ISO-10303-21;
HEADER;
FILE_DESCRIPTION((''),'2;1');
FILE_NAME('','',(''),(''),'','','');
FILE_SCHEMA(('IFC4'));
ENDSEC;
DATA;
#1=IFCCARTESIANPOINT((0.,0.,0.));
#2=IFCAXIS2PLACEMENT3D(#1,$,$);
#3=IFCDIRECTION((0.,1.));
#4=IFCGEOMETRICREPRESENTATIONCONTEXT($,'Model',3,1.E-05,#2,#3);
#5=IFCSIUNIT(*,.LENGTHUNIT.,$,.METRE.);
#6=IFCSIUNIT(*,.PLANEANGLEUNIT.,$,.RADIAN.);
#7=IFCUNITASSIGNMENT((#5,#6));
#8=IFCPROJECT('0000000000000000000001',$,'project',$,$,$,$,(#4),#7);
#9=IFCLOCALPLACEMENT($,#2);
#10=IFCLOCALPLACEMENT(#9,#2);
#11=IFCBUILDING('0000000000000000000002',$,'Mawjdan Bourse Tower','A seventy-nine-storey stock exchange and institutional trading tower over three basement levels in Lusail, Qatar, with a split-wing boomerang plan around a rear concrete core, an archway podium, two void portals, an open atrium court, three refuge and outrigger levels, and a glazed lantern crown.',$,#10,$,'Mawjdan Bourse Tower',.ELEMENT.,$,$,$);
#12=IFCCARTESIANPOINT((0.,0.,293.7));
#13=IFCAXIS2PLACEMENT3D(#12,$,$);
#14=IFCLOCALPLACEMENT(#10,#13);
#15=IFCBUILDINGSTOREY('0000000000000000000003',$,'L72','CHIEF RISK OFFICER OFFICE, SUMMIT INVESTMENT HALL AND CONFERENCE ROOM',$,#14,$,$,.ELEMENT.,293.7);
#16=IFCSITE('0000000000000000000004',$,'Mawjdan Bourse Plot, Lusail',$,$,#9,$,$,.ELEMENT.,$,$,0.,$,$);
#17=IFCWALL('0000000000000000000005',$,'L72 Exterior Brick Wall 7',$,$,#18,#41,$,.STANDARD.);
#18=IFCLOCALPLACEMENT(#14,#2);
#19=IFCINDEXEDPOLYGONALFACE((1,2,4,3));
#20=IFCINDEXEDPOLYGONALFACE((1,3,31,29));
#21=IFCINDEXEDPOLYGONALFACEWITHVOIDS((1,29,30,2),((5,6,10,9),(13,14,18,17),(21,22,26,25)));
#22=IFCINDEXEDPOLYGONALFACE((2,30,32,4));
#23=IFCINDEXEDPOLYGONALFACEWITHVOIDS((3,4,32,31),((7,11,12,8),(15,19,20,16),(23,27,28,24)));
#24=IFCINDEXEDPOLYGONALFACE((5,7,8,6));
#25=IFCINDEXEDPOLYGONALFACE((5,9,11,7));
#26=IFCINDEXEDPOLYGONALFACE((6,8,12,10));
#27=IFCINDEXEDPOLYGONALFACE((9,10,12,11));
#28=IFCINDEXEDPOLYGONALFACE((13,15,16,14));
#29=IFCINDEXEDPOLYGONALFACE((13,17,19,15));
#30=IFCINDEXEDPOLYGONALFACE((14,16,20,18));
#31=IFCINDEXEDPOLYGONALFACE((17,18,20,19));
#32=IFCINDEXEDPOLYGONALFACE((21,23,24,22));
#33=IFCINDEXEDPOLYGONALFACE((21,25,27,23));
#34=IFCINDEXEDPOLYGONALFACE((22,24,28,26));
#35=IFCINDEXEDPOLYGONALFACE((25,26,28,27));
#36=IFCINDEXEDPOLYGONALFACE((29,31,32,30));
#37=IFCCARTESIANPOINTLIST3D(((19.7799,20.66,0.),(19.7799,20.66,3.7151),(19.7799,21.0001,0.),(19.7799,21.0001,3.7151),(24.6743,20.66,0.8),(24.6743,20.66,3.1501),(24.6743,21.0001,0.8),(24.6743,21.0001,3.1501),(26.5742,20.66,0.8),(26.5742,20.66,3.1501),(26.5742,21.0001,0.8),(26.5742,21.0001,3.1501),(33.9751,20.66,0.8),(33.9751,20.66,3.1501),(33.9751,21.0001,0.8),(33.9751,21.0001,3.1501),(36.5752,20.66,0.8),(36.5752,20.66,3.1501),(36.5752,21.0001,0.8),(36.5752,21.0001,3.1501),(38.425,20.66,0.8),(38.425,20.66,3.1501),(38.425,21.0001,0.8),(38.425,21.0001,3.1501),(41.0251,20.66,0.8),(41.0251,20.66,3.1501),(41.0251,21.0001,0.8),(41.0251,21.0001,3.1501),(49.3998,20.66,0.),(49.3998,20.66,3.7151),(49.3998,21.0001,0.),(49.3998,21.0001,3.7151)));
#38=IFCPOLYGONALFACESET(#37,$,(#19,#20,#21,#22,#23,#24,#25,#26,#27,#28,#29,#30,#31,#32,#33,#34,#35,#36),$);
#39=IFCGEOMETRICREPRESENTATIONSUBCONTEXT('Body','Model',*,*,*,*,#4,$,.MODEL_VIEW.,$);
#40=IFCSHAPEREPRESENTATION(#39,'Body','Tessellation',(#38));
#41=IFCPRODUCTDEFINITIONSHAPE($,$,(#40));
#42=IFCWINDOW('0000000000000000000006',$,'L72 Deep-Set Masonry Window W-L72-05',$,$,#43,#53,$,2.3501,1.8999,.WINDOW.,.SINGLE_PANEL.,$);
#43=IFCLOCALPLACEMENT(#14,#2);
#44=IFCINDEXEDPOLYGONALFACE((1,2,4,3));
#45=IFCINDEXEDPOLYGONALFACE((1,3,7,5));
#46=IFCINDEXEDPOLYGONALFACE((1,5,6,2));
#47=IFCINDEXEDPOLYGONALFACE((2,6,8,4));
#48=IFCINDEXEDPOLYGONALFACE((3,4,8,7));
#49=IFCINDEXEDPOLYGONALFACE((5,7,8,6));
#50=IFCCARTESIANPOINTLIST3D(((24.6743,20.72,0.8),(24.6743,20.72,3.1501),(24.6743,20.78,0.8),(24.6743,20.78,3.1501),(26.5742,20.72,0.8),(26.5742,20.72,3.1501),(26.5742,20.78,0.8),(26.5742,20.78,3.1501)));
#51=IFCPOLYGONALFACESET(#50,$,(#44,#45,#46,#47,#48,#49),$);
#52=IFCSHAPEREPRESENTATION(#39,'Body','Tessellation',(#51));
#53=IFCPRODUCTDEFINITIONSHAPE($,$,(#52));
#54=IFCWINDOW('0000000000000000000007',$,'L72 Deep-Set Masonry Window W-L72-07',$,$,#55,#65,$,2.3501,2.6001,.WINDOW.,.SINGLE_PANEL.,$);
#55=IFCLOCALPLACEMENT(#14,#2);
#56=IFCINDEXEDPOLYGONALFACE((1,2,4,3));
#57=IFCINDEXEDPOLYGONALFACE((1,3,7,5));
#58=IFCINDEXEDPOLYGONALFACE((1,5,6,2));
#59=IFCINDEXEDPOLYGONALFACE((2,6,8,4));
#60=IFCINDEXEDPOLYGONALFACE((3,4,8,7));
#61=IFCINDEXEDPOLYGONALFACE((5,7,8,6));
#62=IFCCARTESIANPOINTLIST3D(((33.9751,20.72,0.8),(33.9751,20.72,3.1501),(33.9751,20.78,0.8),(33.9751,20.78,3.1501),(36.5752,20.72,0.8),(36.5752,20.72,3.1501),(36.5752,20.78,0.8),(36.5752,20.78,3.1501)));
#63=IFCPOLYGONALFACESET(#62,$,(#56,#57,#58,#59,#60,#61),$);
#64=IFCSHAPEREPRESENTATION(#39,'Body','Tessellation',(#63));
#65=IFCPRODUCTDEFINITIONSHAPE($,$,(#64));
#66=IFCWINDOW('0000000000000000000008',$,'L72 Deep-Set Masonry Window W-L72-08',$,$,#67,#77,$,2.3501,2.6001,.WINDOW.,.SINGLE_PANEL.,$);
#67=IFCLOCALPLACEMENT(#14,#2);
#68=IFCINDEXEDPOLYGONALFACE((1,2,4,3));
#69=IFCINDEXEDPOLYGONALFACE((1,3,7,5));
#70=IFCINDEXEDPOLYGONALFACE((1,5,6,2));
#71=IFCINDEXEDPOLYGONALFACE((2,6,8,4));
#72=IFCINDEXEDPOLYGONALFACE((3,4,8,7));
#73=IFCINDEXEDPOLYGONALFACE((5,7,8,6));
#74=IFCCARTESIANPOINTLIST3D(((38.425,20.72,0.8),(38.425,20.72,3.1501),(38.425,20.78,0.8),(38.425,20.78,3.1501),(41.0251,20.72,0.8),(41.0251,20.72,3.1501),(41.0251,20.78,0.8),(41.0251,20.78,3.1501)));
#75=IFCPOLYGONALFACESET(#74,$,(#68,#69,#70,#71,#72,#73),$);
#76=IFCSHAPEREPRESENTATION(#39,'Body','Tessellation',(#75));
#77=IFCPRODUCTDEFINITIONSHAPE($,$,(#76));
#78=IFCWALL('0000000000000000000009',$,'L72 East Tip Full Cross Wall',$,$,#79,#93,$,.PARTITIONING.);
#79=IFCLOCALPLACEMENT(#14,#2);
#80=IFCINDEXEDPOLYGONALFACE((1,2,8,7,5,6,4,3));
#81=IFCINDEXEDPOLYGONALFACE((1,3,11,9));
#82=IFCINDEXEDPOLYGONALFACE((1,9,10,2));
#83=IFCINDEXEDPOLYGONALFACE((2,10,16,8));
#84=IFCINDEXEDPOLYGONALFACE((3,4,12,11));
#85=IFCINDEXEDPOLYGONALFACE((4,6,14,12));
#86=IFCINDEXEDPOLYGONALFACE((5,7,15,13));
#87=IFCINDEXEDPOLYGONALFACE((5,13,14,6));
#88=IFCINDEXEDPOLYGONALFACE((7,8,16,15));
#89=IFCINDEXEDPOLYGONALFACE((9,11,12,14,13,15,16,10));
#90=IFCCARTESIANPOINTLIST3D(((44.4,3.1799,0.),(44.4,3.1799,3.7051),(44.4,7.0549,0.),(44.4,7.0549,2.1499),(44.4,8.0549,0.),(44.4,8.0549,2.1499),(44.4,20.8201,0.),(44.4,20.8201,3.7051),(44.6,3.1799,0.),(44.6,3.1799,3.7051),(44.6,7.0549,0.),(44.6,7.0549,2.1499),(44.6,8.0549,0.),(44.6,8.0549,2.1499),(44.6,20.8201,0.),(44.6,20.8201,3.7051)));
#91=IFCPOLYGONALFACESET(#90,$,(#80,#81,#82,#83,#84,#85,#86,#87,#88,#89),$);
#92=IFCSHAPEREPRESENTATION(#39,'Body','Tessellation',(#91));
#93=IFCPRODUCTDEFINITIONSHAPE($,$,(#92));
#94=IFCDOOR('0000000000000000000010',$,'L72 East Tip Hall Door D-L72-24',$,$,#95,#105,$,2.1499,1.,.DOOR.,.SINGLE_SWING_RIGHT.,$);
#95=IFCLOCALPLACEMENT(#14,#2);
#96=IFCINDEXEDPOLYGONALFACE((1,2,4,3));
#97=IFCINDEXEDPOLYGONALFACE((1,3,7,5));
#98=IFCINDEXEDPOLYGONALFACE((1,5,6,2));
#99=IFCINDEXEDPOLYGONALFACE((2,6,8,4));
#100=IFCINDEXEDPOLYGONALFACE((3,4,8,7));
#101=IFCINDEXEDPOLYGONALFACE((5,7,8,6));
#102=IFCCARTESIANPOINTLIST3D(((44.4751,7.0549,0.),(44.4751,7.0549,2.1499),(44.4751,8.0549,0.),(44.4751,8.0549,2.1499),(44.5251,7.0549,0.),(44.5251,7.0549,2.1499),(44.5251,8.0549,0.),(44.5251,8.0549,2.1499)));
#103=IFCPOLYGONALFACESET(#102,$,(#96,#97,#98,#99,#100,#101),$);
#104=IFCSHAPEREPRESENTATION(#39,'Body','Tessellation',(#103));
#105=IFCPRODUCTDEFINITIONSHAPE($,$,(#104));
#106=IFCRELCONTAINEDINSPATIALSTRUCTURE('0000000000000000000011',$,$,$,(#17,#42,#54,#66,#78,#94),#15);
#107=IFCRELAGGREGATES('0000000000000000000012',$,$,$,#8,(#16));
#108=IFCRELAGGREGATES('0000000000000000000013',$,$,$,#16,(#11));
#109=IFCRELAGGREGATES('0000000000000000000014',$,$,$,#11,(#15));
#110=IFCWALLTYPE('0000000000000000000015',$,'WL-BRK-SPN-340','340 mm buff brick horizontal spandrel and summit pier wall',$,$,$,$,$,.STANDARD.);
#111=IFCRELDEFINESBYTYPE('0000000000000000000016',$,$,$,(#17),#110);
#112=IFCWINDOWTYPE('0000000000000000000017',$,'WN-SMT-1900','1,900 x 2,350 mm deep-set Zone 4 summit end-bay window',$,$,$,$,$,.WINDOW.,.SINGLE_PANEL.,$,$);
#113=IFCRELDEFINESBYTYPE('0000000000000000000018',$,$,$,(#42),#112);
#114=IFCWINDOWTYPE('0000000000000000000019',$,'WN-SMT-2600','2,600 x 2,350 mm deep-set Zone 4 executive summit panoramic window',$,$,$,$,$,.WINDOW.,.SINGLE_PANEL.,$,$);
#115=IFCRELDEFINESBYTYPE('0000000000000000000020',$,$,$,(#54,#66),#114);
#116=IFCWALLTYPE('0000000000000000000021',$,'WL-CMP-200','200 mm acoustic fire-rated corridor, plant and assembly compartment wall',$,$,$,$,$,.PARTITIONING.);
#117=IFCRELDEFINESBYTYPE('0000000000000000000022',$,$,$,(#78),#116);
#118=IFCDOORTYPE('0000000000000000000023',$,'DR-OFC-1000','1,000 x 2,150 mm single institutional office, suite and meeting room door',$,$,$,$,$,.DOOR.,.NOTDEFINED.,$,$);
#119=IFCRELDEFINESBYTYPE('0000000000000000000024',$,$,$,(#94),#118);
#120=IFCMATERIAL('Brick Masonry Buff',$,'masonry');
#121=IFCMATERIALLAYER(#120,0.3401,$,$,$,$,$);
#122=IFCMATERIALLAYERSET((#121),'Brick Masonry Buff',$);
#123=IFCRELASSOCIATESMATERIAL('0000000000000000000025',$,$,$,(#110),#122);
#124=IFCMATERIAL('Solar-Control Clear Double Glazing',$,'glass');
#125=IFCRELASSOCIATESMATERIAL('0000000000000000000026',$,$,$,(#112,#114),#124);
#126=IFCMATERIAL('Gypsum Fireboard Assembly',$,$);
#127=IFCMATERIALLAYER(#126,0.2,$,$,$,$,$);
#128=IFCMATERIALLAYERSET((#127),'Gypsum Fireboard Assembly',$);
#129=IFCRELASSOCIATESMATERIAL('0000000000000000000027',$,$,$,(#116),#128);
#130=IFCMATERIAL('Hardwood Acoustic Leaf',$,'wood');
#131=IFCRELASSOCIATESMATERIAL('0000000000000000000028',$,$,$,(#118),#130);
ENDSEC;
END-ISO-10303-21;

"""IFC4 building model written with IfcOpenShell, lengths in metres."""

from ifc_helpers import new_model, si_unit, direction, frame, frame_2d, origin, place, context, subcontext, project, spatial, rectangle, extrude, material, layer, layer_set, type_object, element, fill, save


model = new_model("IFC4")

# Units and contexts
model_context = context("Model", 3, precision=1e-05, world=origin(), true_north=direction((0.0, 1.0)))
body_context = subcontext(model_context, "Body", "Model", "MODEL_VIEW")
ifc_project = project(units=[si_unit("LENGTHUNIT", "METRE"), si_unit("PLANEANGLEUNIT", "RADIAN")], contexts=[model_context])

# Site, building, storey
site_placement = place(None, origin())
site = spatial("IfcSite", under=ifc_project, at=site_placement, Name="Mawjdan Bourse Plot, Lusail", CompositionType="ELEMENT", RefElevation=0.0)
building_placement = place(site_placement, origin())
building = spatial("IfcBuilding", under=site, at=building_placement, Name="Mawjdan Bourse Tower", Description="A seventy-nine-storey stock exchange and institutional trading tower over three basement levels in Lusail, Qatar, with a split-wing boomerang plan around a rear concrete core, an archway podium, two void portals, an open atrium court, three refuge and outrigger levels, and a glazed lantern crown.", LongName="Mawjdan Bourse Tower", CompositionType="ELEMENT")
storey_placement = place(building_placement, frame((0.0, 0.0, 293.7)))
storey = spatial("IfcBuildingStorey", under=building, at=storey_placement, Name="L72", Description="CHIEF RISK OFFICER OFFICE, SUMMIT INVESTMENT HALL AND CONFERENCE ROOM", CompositionType="ELEMENT", Elevation=293.7)

# Shared definitions
ifc_material_1 = material(Name="Brick Masonry Buff", Category="masonry")
ifc_layer_1 = layer(ifc_material_1, 0.3401)
ifc_layer_set_1 = layer_set([ifc_layer_1], Name="Brick Masonry Buff")
wall_type_1 = type_object("IfcWallType", Name="WL-BRK-SPN-340", Description="340 mm buff brick horizontal spandrel and summit pier wall", PredefinedType="STANDARD", material=ifc_layer_set_1)

# Shared definitions
ifc_material_2 = material(Name="Solar-Control Clear Double Glazing", Category="glass")
window_type_1 = type_object("IfcWindowType", Name="WN-SMT-1900", Description="1,900 x 2,350 mm deep-set Zone 4 summit end-bay window", PartitioningType="SINGLE_PANEL", PredefinedType="WINDOW", material=ifc_material_2)

# Wall, openings, windows
wall_1_placement = place(storey_placement, frame((49.3999, 20.8301, 0.0), z_axis=(0.0, 0.0, 1.0), x_axis=(-1.0, 0.0, 0.0)))
wall_1 = element("IfcWall", 1, at=wall_1_placement, inside=storey, type_object=wall_type_1, Name="L72 Exterior Brick Wall 7", PredefinedType="STANDARD", context=body_context, shape_type="SweptSolid", body=[
    extrude(rectangle(XDim=29.6199, YDim=0.3401, at=frame_2d((14.8101, 0.0))), origin(), (0.0, 0.0, 1.0), 3.7151),
])
opening_1_placement = place(wall_1_placement, frame((22.8257, 0.0, 0.8)))
opening_1 = element("IfcOpeningElement", 2, at=opening_1_placement, cuts=wall_1, PredefinedType="OPENING", context=body_context, shape_type="SweptSolid", body=[
    extrude(rectangle(XDim=1.8999, YDim=2.3501, at=frame_2d((0.95, 1.175))), frame((0.0, 0.1802, 0.0), z_axis=(0.0, -1.0, 0.0), x_axis=(1.0, 0.0, 0.0)), (0.0, 0.0, 1.0), 0.3601),
])
opening_2_placement = place(wall_1_placement, frame((12.8247, 0.0, 0.8)))
opening_2 = element("IfcOpeningElement", 3, at=opening_2_placement, cuts=wall_1, PredefinedType="OPENING", context=body_context, shape_type="SweptSolid", body=[
    extrude(rectangle(XDim=2.6001, YDim=2.3501, at=frame_2d((1.3, 1.175))), frame((0.0, 0.1802, 0.0), z_axis=(0.0, -1.0, 0.0), x_axis=(1.0, 0.0, 0.0)), (0.0, 0.0, 1.0), 0.3601),
])
opening_3_placement = place(wall_1_placement, frame((8.3748, 0.0, 0.8)))
opening_3 = element("IfcOpeningElement", 4, at=opening_3_placement, cuts=wall_1, PredefinedType="OPENING", context=body_context, shape_type="SweptSolid", body=[
    extrude(rectangle(XDim=2.6001, YDim=2.3501, at=frame_2d((1.3, 1.175))), frame((0.0, 0.1802, 0.0), z_axis=(0.0, -1.0, 0.0), x_axis=(1.0, 0.0, 0.0)), (0.0, 0.0, 1.0), 0.3601),
])
window_1_placement = place(opening_1_placement, origin())
window_1 = element("IfcWindow", 5, at=window_1_placement, inside=storey, type_object=window_type_1, Name="L72 Deep-Set Masonry Window W-L72-05", OverallHeight=2.3501, OverallWidth=1.8999, PartitioningType="SINGLE_PANEL", PredefinedType="WINDOW", context=body_context, shape_type="SweptSolid", body=[
    extrude(rectangle(XDim=1.8999, YDim=2.3501, at=frame_2d((0.95, 1.175))), frame((0.0, 0.1101, 0.0), z_axis=(0.0, -1.0, 0.0), x_axis=(1.0, 0.0, 0.0)), (0.0, 0.0, 1.0), 0.0601),
])
fill(opening_1, window_1)
window_type_2 = type_object("IfcWindowType", Name="WN-SMT-2600", Description="2,600 x 2,350 mm deep-set Zone 4 executive summit panoramic window", PartitioningType="SINGLE_PANEL", PredefinedType="WINDOW", material=ifc_material_2)
window_2_placement = place(opening_2_placement, origin())
window_2 = element("IfcWindow", 6, at=window_2_placement, inside=storey, type_object=window_type_2, Name="L72 Deep-Set Masonry Window W-L72-07", OverallHeight=2.3501, OverallWidth=2.6001, PartitioningType="SINGLE_PANEL", PredefinedType="WINDOW", context=body_context, shape_type="SweptSolid", body=[
    extrude(rectangle(XDim=2.6001, YDim=2.3501, at=frame_2d((1.3, 1.175))), frame((0.0, 0.1101, 0.0), z_axis=(0.0, -1.0, 0.0), x_axis=(1.0, 0.0, 0.0)), (0.0, 0.0, 1.0), 0.0601),
])
fill(opening_2, window_2)
window_3_placement = place(opening_3_placement, origin())
window_3 = element("IfcWindow", 7, at=window_3_placement, inside=storey, type_object=window_type_2, Name="L72 Deep-Set Masonry Window W-L72-08", OverallHeight=2.3501, OverallWidth=2.6001, PartitioningType="SINGLE_PANEL", PredefinedType="WINDOW", context=body_context, shape_type="SweptSolid", body=[
    extrude(rectangle(XDim=2.6001, YDim=2.3501, at=frame_2d((1.3, 1.175))), frame((0.0, 0.1101, 0.0), z_axis=(0.0, -1.0, 0.0), x_axis=(1.0, 0.0, 0.0)), (0.0, 0.0, 1.0), 0.0601),
])
fill(opening_3, window_3)

# Wall, opening, door
ifc_material_3 = material(Name="Gypsum Fireboard Assembly")
ifc_layer_2 = layer(ifc_material_3, 0.2)
ifc_layer_set_2 = layer_set([ifc_layer_2], Name="Gypsum Fireboard Assembly")
wall_type_2 = type_object("IfcWallType", Name="WL-CMP-200", Description="200 mm acoustic fire-rated corridor, plant and assembly compartment wall", PredefinedType="PARTITIONING", material=ifc_layer_set_2)
wall_2_placement = place(storey_placement, frame((44.5, 3.1799, 0.0), z_axis=(0.0, 0.0, 1.0), x_axis=(0.0, 1.0, 0.0)))
wall_2 = element("IfcWall", 8, at=wall_2_placement, inside=storey, type_object=wall_type_2, Name="L72 East Tip Full Cross Wall", PredefinedType="PARTITIONING", context=body_context, shape_type="SweptSolid", body=[
    extrude(rectangle(XDim=17.6401, YDim=0.2, at=frame_2d((8.8201, 0.0))), origin(), (0.0, 0.0, 1.0), 3.7051),
])
opening_4_placement = place(wall_2_placement, frame((3.875, 0.0, 0.0)))
opening_4 = element("IfcOpeningElement", 9, at=opening_4_placement, cuts=wall_2, PredefinedType="OPENING", context=body_context, shape_type="SweptSolid", body=[
    extrude(rectangle(XDim=1.0, YDim=2.1499, at=frame_2d((0.5, 1.075))), frame((0.0, 0.1099, 0.0), z_axis=(0.0, -1.0, 0.0), x_axis=(1.0, 0.0, 0.0)), (0.0, 0.0, 1.0), 0.22),
])
ifc_material_4 = material(Name="Hardwood Acoustic Leaf", Category="wood")
door_type = type_object("IfcDoorType", Name="DR-OFC-1000", Description="1,000 x 2,150 mm single institutional office, suite and meeting room door", OperationType="NOTDEFINED", PredefinedType="DOOR", material=ifc_material_4)
door_placement = place(opening_4_placement, origin())
door = element("IfcDoor", 10, at=door_placement, inside=storey, type_object=door_type, Name="L72 East Tip Hall Door D-L72-24", OperationType="SINGLE_SWING_RIGHT", OverallHeight=2.1499, OverallWidth=1.0, PredefinedType="DOOR", context=body_context, shape_type="SweptSolid", body=[
    extrude(rectangle(XDim=1.0, YDim=2.1499, at=frame_2d((0.5, 1.075))), frame((0.0, 0.0249, 0.0), z_axis=(0.0, -1.0, 0.0), x_axis=(1.0, 0.0, 0.0)), (0.0, 0.0, 1.0), 0.05),
])
fill(opening_4, door)

save(model, "model.ifc")
